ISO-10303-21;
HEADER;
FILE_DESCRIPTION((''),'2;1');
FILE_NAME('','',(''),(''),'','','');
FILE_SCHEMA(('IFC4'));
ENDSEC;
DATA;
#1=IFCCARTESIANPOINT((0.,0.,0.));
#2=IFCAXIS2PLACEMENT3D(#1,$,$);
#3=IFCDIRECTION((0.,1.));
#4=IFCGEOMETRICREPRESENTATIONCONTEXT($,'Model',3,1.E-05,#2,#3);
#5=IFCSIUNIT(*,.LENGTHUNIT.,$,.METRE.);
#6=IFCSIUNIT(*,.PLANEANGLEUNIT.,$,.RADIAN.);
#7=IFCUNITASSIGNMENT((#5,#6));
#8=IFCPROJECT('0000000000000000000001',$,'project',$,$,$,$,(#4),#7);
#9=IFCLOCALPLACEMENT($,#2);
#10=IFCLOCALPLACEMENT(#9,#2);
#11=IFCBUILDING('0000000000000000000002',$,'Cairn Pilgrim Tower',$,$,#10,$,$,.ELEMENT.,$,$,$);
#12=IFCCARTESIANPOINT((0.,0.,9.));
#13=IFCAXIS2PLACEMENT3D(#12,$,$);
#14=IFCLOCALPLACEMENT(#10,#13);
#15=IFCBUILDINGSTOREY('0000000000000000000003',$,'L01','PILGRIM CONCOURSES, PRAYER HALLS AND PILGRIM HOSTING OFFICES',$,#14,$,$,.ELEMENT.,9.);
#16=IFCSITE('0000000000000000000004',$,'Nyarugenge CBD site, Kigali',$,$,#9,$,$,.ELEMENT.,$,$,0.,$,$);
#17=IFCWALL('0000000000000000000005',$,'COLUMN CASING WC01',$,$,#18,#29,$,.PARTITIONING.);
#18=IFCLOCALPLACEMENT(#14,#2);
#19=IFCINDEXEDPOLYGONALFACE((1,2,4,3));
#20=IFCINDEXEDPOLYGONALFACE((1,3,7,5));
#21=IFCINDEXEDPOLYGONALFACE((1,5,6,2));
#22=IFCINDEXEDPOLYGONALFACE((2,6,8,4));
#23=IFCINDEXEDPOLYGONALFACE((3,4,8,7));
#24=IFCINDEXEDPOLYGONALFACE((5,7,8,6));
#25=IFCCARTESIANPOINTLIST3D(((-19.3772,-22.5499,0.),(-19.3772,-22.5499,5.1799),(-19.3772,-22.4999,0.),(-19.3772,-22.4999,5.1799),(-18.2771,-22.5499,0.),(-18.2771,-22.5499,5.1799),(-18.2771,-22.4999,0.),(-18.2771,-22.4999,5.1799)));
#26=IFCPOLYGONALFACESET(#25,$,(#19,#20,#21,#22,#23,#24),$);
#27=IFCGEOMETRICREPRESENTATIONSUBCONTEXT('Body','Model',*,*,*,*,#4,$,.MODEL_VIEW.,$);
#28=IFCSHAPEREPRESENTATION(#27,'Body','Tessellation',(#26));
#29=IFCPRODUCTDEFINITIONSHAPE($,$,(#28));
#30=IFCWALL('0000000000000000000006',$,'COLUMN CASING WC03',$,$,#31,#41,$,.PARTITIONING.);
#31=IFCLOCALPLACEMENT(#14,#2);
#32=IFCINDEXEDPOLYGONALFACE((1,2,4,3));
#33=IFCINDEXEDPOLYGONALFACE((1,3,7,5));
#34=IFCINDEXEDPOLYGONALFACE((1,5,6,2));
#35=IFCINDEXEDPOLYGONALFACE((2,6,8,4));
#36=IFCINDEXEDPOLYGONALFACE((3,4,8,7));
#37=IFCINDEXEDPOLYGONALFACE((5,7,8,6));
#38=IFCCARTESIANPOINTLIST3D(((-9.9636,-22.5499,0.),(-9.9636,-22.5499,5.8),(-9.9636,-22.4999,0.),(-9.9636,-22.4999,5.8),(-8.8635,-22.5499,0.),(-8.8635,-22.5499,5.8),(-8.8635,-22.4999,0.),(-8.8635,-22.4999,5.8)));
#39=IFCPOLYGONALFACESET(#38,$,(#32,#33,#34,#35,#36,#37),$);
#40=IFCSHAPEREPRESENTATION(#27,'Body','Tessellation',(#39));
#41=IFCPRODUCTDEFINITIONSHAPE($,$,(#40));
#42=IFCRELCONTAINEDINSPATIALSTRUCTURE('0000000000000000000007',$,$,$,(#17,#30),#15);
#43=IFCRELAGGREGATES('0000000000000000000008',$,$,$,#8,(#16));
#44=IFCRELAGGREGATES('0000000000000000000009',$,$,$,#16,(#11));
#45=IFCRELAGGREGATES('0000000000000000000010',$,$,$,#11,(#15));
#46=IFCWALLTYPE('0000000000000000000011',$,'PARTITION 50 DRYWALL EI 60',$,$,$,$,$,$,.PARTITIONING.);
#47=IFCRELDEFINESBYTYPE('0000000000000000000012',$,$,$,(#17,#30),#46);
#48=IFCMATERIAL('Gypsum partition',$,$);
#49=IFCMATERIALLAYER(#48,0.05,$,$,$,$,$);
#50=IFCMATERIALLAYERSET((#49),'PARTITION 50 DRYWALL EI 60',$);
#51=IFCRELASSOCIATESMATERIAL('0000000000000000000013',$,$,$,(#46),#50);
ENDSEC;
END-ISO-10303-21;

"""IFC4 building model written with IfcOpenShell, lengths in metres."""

from ifc_helpers import new_model, si_unit, direction, frame, frame_2d, origin, place, context, subcontext, project, spatial, rectangle, extrude, material, layer, layer_set, type_object, element, save


model = new_model("IFC4")

# Units and contexts
model_context = context("Model", 3, precision=1e-05, world=origin(), true_north=direction((0.0, 1.0)))
body_context = subcontext(model_context, "Body", "Model", "MODEL_VIEW")
ifc_project = project(units=[si_unit("LENGTHUNIT", "METRE"), si_unit("PLANEANGLEUNIT", "RADIAN")], contexts=[model_context])

# Site, building, storey
site_placement = place(None, origin())
site = spatial("IfcSite", under=ifc_project, at=site_placement, Name="Nyarugenge CBD site, Kigali", CompositionType="ELEMENT", RefElevation=0.0)
building_placement = place(site_placement, origin())
building = spatial("IfcBuilding", under=site, at=building_placement, Name="Cairn Pilgrim Tower", CompositionType="ELEMENT")
storey_placement = place(building_placement, frame((0.0, 0.0, 9.0)))
storey = spatial("IfcBuildingStorey", under=building, at=storey_placement, Name="L01", Description="PILGRIM CONCOURSES, PRAYER HALLS AND PILGRIM HOSTING OFFICES", CompositionType="ELEMENT", Elevation=9.0)

# Shared definitions
ifc_material_1 = material(Name="Gypsum partition")

# Walls
ifc_layer_1 = layer(ifc_material_1, 0.05)
ifc_layer_set_1 = layer_set([ifc_layer_1], Name="PARTITION 50 DRYWALL EI 60")
wall_type_1 = type_object("IfcWallType", Name="PARTITION 50 DRYWALL EI 60", PredefinedType="PARTITIONING", material=ifc_layer_set_1)
wall_1_placement = place(storey_placement, frame((-19.3772, -22.5249, 0.0), z_axis=(0.0, 0.0, 1.0), x_axis=(1.0, 0.0, 0.0)))
element("IfcWall", 1, at=wall_1_placement, inside=storey, type_object=wall_type_1, Name="COLUMN CASING WC01", PredefinedType="PARTITIONING", context=body_context, shape_type="SweptSolid", body=[
    extrude(rectangle(XDim=1.1001, YDim=0.05, at=frame_2d((0.55, 0.0))), origin(), (0.0, 0.0, 1.0), 5.1799),
])
wall_2_placement = place(storey_placement, frame((-9.9636, -22.5249, 0.0), z_axis=(0.0, 0.0, 1.0), x_axis=(1.0, 0.0, 0.0)))
element("IfcWall", 2, at=wall_2_placement, inside=storey, type_object=wall_type_1, Name="COLUMN CASING WC03", PredefinedType="PARTITIONING", context=body_context, shape_type="SweptSolid", body=[
    extrude(rectangle(XDim=1.1001, YDim=0.05, at=frame_2d((0.55, 0.0))), origin(), (0.0, 0.0, 1.0), 5.8),
])

save(model, "model.ifc")
